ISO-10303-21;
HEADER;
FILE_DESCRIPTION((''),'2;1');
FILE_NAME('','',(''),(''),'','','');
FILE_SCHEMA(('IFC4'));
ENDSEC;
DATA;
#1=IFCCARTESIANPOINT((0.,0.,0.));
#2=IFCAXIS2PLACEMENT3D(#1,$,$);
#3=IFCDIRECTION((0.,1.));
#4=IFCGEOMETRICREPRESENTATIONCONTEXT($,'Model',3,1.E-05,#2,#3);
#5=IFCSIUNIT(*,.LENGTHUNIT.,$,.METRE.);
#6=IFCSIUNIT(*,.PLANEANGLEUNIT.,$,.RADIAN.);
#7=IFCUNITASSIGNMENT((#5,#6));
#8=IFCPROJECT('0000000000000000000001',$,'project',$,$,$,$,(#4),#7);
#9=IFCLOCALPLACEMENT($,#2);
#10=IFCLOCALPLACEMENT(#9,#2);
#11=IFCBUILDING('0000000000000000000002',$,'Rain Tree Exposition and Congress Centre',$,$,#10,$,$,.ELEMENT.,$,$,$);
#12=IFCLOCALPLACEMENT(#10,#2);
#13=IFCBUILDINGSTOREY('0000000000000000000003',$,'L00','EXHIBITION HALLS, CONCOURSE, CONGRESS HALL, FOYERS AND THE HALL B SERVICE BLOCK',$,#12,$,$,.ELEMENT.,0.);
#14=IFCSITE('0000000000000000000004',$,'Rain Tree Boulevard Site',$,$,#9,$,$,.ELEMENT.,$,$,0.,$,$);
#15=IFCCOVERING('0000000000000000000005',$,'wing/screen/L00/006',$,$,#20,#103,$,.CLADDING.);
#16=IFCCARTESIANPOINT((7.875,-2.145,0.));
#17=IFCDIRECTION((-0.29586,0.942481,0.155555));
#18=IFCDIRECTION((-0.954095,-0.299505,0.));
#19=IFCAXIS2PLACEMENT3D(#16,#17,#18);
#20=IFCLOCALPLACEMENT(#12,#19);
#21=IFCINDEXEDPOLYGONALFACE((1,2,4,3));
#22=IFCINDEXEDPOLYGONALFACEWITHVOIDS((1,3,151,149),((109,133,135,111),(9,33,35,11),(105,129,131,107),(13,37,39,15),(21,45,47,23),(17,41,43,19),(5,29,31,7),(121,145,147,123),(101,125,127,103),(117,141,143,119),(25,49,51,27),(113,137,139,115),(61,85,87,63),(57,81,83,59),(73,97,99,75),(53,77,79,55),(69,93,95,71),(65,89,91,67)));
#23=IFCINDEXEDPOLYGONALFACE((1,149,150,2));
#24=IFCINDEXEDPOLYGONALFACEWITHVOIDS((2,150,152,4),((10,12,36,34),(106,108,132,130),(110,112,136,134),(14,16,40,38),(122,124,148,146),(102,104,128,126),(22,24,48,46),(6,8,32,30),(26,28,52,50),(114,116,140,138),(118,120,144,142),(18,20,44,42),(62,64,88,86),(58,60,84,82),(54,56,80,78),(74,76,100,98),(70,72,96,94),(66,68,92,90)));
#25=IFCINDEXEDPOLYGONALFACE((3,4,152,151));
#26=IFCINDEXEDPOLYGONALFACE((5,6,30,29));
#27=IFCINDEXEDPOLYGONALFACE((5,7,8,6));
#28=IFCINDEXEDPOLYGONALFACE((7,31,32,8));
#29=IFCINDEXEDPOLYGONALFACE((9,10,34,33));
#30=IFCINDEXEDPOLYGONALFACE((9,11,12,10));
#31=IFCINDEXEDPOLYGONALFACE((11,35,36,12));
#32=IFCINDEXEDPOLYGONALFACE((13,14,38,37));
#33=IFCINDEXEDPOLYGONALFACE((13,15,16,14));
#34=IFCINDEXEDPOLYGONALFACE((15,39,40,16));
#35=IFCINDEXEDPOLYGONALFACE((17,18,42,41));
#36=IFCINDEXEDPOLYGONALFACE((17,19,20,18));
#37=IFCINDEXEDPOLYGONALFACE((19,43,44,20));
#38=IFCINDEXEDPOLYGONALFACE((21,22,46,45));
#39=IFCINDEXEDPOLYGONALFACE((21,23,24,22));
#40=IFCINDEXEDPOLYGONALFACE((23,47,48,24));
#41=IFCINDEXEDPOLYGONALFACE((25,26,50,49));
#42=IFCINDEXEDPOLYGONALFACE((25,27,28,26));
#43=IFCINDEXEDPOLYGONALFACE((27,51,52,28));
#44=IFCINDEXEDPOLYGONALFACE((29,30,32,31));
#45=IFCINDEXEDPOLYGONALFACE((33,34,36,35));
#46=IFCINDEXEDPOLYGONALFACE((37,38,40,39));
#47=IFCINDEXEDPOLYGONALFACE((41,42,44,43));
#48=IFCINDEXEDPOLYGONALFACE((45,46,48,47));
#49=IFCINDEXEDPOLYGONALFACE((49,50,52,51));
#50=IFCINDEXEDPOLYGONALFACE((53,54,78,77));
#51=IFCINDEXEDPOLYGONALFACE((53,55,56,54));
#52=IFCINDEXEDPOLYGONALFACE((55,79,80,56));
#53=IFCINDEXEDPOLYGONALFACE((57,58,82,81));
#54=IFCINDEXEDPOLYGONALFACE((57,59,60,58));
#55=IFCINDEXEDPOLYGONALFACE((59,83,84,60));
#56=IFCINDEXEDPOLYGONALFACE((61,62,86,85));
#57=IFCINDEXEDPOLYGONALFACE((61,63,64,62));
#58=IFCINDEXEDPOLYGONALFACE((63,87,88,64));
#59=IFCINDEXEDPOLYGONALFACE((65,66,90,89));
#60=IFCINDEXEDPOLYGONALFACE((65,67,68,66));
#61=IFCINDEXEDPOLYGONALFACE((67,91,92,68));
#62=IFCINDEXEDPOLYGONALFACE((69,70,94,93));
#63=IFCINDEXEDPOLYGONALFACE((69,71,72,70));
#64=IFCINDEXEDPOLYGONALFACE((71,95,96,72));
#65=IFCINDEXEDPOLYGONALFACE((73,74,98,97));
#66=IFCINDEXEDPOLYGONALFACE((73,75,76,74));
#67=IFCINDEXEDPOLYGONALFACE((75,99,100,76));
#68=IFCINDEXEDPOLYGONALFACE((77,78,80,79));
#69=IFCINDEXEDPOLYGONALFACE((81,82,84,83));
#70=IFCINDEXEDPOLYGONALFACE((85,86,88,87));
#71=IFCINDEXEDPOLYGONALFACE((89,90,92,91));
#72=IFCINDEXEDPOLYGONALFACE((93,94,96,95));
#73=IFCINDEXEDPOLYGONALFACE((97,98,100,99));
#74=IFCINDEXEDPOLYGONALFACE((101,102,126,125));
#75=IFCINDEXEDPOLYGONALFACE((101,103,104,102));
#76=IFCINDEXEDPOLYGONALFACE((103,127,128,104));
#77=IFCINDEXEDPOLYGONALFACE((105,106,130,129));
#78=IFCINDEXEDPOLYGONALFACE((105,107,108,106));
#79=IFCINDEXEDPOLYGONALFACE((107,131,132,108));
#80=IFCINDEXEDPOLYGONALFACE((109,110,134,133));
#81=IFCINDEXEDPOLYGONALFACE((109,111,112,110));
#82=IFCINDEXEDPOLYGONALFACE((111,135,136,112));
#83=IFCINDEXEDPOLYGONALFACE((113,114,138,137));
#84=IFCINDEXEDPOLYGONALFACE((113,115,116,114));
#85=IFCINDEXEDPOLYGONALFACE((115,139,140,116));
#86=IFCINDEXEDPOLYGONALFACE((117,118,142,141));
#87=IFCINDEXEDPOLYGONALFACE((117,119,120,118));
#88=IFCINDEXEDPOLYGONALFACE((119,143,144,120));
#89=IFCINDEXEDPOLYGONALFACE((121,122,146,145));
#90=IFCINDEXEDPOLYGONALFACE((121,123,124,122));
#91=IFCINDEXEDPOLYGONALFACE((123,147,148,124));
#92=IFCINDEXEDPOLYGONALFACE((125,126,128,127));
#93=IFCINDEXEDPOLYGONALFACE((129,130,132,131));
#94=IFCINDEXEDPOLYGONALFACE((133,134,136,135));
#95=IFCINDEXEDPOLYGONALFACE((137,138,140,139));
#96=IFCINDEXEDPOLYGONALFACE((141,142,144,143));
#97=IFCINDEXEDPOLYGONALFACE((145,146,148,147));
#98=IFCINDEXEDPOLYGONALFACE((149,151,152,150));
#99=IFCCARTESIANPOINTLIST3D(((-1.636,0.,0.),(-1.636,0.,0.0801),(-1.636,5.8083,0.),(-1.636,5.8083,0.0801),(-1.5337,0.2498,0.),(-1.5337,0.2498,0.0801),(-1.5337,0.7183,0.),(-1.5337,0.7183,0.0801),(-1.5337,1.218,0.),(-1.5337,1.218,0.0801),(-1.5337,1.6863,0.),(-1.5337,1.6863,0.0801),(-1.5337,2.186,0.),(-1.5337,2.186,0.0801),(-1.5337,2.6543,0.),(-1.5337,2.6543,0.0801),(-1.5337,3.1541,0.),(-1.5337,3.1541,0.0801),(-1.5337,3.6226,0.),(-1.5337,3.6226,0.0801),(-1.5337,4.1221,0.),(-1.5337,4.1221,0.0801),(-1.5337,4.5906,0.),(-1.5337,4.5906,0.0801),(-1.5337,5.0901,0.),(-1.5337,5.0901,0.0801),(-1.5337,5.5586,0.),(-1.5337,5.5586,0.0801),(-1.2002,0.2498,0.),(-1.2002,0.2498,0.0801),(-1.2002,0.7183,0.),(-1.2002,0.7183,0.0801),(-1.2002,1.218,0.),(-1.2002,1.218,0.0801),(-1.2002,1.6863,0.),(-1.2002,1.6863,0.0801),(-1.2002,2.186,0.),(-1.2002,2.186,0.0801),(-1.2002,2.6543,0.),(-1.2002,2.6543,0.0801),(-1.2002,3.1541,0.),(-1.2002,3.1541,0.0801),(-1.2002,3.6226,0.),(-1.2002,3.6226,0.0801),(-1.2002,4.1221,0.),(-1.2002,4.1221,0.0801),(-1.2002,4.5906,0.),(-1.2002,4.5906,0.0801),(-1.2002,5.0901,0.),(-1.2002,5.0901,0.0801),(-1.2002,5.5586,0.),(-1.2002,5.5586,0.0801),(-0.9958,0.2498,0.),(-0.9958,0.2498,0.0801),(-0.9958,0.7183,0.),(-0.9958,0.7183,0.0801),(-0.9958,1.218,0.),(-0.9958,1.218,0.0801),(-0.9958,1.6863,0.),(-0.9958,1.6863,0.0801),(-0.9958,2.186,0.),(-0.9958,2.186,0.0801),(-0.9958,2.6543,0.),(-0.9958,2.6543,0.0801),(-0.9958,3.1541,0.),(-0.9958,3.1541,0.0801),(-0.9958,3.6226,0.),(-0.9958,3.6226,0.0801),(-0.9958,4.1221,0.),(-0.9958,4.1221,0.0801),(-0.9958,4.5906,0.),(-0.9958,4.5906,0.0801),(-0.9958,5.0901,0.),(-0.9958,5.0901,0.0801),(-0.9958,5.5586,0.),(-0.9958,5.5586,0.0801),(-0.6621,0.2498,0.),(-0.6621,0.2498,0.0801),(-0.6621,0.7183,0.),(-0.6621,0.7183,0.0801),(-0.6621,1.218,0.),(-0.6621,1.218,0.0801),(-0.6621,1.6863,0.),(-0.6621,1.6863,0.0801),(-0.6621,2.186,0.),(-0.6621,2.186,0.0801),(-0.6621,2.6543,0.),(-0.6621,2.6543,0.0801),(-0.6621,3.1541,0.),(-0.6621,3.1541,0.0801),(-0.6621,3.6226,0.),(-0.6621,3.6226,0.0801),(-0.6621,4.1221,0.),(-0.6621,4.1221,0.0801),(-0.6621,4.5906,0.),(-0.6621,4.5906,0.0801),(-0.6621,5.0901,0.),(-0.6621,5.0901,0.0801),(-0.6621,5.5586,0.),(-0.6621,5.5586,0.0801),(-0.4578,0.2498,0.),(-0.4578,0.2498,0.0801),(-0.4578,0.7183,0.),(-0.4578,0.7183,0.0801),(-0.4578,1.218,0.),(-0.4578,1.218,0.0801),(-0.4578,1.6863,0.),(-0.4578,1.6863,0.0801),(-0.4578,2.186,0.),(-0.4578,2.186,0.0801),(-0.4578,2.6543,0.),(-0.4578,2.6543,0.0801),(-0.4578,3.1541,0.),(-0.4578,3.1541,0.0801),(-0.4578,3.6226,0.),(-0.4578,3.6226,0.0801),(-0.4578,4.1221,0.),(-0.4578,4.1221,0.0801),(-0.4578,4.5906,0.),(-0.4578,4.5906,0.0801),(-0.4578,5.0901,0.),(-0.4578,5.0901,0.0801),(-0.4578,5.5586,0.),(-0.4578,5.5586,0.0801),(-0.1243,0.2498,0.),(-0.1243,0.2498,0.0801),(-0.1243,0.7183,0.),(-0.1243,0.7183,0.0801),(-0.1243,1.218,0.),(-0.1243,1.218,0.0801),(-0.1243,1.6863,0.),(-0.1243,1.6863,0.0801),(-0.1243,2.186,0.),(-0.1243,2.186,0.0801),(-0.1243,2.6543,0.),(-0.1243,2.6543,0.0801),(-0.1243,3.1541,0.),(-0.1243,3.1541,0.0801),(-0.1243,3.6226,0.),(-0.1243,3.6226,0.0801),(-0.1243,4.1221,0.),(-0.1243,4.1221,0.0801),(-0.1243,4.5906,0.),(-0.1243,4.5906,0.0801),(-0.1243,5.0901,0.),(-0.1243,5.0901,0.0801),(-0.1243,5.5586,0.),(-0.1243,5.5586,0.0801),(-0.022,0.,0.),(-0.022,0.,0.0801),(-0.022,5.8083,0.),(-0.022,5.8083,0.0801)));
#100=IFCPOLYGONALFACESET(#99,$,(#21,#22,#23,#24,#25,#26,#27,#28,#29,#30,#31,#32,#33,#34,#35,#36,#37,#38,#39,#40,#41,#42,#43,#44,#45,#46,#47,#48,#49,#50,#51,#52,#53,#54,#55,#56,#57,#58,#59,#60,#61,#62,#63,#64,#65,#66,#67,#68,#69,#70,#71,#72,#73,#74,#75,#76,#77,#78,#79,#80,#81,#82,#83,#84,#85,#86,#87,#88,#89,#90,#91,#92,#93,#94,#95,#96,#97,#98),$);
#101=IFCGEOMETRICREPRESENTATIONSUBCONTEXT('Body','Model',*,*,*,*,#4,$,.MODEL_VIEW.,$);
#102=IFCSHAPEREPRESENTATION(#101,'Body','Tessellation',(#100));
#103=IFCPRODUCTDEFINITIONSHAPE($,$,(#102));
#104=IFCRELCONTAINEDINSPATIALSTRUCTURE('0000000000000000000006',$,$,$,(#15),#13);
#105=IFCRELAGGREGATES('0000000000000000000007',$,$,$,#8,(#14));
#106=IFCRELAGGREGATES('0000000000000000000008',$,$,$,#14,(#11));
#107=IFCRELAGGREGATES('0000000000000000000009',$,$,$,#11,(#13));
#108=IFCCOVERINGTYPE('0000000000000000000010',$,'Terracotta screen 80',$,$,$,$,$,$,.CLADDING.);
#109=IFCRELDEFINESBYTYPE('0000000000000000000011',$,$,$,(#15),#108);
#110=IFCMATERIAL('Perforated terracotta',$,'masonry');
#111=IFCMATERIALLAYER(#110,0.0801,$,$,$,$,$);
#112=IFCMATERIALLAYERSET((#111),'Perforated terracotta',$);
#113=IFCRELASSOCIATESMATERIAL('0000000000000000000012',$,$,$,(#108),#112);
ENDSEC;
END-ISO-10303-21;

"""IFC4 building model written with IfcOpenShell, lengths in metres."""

from ifc_helpers import new_model, si_unit, direction, frame, origin, place, context, subcontext, project, spatial, polyline, outline, extrude, material, layer, layer_set, type_object, element, save


model = new_model("IFC4")

# Units and contexts
model_context = context("Model", 3, precision=1e-05, world=origin(), true_north=direction((0.0, 1.0)))
body_context = subcontext(model_context, "Body", "Model", "MODEL_VIEW")
ifc_project = project(units=[si_unit("LENGTHUNIT", "METRE"), si_unit("PLANEANGLEUNIT", "RADIAN")], contexts=[model_context])

# Site, building, storey
site_placement = place(None, origin())
site = spatial("IfcSite", under=ifc_project, at=site_placement, Name="Rain Tree Boulevard Site", CompositionType="ELEMENT", RefElevation=0.0)
building_placement = place(site_placement, origin())
building = spatial("IfcBuilding", under=site, at=building_placement, Name="Rain Tree Exposition and Congress Centre", CompositionType="ELEMENT")
storey_placement = place(building_placement, origin())
storey = spatial("IfcBuildingStorey", under=building, at=storey_placement, Name="L00", Description="EXHIBITION HALLS, CONCOURSE, CONGRESS HALL, FOYERS AND THE HALL B SERVICE BLOCK", CompositionType="ELEMENT", Elevation=0.0)

# Covering
ifc_material_1 = material(Name="Perforated terracotta", Category="masonry")
ifc_layer_1 = layer(ifc_material_1, 0.0801)
ifc_layer_set_1 = layer_set([ifc_layer_1], Name="Perforated terracotta")
covering_type = type_object("IfcCoveringType", Name="Terracotta screen 80", PredefinedType="CLADDING", material=ifc_layer_set_1)
covering_1_placement = place(storey_placement, frame((7.875, -2.145, 0.0), z_axis=(-0.29586, 0.942481, 0.155555), x_axis=(-0.954095, -0.299505, 0.0)))
element("IfcCovering", 1, at=covering_1_placement, inside=storey, type_object=covering_type, Name="wing/screen/L00/006", PredefinedType="CLADDING", context=body_context, shape_type="SweptSolid", body=[
    extrude(outline(polyline([(-1.636, 0.0), (-1.636, 5.8083), (-0.022, 5.8083), (-0.022, 0.0), (-1.636, 0.0)]), holes=[polyline([(-0.1243, 0.2498), (-0.1243, 0.7183), (-0.4578, 0.7183), (-0.4578, 0.2498), (-0.1243, 0.2498)]), polyline([(-0.1243, 1.218), (-0.1243, 1.6863), (-0.4578, 1.6863), (-0.4578, 1.218), (-0.1243, 1.218)]), polyline([(-0.1243, 2.186), (-0.1243, 2.6543), (-0.4578, 2.6543), (-0.4578, 2.186), (-0.1243, 2.186)]), polyline([(-0.1243, 3.1541), (-0.1243, 3.6226), (-0.4578, 3.6226), (-0.4578, 3.1541), (-0.1243, 3.1541)]), polyline([(-0.1243, 4.1221), (-0.1243, 4.5906), (-0.4578, 4.5906), (-0.4578, 4.1221), (-0.1243, 4.1221)]), polyline([(-0.1243, 5.0901), (-0.1243, 5.5586), (-0.4578, 5.5586), (-0.4578, 5.0901), (-0.1243, 5.0901)]), polyline([(-0.6621, 0.2498), (-0.6621, 0.7183), (-0.9958, 0.7183), (-0.9958, 0.2498), (-0.6621, 0.2498)]), polyline([(-0.6621, 1.218), (-0.6621, 1.6863), (-0.9958, 1.6863), (-0.9958, 1.218), (-0.6621, 1.218)]), polyline([(-0.6621, 2.186), (-0.6621, 2.6543), (-0.9958, 2.6543), (-0.9958, 2.186), (-0.6621, 2.186)]), polyline([(-0.6621, 3.1541), (-0.6621, 3.6226), (-0.9958, 3.6226), (-0.9958, 3.1541), (-0.6621, 3.1541)]), polyline([(-0.6621, 4.1221), (-0.6621, 4.5906), (-0.9958, 4.5906), (-0.9958, 4.1221), (-0.6621, 4.1221)]), polyline([(-0.6621, 5.0901), (-0.6621, 5.5586), (-0.9958, 5.5586), (-0.9958, 5.0901), (-0.6621, 5.0901)]), polyline([(-1.2002, 0.2498), (-1.2002, 0.7183), (-1.5337, 0.7183), (-1.5337, 0.2498), (-1.2002, 0.2498)]), polyline([(-1.2002, 1.218), (-1.2002, 1.6863), (-1.5337, 1.6863), (-1.5337, 1.218), (-1.2002, 1.218)]), polyline([(-1.2002, 2.186), (-1.2002, 2.6543), (-1.5337, 2.6543), (-1.5337, 2.186), (-1.2002, 2.186)]), polyline([(-1.2002, 3.1541), (-1.2002, 3.6226), (-1.5337, 3.6226), (-1.5337, 3.1541), (-1.2002, 3.1541)]), polyline([(-1.2002, 4.1221), (-1.2002, 4.5906), (-1.5337, 4.5906), (-1.5337, 4.1221), (-1.2002, 4.1221)]), polyline([(-1.2002, 5.0901), (-1.2002, 5.5586), (-1.5337, 5.5586), (-1.5337, 5.0901), (-1.2002, 5.0901)])]), origin(), (0.0, 0.0, 1.0), 0.0801),
])

save(model, "model.ifc")
